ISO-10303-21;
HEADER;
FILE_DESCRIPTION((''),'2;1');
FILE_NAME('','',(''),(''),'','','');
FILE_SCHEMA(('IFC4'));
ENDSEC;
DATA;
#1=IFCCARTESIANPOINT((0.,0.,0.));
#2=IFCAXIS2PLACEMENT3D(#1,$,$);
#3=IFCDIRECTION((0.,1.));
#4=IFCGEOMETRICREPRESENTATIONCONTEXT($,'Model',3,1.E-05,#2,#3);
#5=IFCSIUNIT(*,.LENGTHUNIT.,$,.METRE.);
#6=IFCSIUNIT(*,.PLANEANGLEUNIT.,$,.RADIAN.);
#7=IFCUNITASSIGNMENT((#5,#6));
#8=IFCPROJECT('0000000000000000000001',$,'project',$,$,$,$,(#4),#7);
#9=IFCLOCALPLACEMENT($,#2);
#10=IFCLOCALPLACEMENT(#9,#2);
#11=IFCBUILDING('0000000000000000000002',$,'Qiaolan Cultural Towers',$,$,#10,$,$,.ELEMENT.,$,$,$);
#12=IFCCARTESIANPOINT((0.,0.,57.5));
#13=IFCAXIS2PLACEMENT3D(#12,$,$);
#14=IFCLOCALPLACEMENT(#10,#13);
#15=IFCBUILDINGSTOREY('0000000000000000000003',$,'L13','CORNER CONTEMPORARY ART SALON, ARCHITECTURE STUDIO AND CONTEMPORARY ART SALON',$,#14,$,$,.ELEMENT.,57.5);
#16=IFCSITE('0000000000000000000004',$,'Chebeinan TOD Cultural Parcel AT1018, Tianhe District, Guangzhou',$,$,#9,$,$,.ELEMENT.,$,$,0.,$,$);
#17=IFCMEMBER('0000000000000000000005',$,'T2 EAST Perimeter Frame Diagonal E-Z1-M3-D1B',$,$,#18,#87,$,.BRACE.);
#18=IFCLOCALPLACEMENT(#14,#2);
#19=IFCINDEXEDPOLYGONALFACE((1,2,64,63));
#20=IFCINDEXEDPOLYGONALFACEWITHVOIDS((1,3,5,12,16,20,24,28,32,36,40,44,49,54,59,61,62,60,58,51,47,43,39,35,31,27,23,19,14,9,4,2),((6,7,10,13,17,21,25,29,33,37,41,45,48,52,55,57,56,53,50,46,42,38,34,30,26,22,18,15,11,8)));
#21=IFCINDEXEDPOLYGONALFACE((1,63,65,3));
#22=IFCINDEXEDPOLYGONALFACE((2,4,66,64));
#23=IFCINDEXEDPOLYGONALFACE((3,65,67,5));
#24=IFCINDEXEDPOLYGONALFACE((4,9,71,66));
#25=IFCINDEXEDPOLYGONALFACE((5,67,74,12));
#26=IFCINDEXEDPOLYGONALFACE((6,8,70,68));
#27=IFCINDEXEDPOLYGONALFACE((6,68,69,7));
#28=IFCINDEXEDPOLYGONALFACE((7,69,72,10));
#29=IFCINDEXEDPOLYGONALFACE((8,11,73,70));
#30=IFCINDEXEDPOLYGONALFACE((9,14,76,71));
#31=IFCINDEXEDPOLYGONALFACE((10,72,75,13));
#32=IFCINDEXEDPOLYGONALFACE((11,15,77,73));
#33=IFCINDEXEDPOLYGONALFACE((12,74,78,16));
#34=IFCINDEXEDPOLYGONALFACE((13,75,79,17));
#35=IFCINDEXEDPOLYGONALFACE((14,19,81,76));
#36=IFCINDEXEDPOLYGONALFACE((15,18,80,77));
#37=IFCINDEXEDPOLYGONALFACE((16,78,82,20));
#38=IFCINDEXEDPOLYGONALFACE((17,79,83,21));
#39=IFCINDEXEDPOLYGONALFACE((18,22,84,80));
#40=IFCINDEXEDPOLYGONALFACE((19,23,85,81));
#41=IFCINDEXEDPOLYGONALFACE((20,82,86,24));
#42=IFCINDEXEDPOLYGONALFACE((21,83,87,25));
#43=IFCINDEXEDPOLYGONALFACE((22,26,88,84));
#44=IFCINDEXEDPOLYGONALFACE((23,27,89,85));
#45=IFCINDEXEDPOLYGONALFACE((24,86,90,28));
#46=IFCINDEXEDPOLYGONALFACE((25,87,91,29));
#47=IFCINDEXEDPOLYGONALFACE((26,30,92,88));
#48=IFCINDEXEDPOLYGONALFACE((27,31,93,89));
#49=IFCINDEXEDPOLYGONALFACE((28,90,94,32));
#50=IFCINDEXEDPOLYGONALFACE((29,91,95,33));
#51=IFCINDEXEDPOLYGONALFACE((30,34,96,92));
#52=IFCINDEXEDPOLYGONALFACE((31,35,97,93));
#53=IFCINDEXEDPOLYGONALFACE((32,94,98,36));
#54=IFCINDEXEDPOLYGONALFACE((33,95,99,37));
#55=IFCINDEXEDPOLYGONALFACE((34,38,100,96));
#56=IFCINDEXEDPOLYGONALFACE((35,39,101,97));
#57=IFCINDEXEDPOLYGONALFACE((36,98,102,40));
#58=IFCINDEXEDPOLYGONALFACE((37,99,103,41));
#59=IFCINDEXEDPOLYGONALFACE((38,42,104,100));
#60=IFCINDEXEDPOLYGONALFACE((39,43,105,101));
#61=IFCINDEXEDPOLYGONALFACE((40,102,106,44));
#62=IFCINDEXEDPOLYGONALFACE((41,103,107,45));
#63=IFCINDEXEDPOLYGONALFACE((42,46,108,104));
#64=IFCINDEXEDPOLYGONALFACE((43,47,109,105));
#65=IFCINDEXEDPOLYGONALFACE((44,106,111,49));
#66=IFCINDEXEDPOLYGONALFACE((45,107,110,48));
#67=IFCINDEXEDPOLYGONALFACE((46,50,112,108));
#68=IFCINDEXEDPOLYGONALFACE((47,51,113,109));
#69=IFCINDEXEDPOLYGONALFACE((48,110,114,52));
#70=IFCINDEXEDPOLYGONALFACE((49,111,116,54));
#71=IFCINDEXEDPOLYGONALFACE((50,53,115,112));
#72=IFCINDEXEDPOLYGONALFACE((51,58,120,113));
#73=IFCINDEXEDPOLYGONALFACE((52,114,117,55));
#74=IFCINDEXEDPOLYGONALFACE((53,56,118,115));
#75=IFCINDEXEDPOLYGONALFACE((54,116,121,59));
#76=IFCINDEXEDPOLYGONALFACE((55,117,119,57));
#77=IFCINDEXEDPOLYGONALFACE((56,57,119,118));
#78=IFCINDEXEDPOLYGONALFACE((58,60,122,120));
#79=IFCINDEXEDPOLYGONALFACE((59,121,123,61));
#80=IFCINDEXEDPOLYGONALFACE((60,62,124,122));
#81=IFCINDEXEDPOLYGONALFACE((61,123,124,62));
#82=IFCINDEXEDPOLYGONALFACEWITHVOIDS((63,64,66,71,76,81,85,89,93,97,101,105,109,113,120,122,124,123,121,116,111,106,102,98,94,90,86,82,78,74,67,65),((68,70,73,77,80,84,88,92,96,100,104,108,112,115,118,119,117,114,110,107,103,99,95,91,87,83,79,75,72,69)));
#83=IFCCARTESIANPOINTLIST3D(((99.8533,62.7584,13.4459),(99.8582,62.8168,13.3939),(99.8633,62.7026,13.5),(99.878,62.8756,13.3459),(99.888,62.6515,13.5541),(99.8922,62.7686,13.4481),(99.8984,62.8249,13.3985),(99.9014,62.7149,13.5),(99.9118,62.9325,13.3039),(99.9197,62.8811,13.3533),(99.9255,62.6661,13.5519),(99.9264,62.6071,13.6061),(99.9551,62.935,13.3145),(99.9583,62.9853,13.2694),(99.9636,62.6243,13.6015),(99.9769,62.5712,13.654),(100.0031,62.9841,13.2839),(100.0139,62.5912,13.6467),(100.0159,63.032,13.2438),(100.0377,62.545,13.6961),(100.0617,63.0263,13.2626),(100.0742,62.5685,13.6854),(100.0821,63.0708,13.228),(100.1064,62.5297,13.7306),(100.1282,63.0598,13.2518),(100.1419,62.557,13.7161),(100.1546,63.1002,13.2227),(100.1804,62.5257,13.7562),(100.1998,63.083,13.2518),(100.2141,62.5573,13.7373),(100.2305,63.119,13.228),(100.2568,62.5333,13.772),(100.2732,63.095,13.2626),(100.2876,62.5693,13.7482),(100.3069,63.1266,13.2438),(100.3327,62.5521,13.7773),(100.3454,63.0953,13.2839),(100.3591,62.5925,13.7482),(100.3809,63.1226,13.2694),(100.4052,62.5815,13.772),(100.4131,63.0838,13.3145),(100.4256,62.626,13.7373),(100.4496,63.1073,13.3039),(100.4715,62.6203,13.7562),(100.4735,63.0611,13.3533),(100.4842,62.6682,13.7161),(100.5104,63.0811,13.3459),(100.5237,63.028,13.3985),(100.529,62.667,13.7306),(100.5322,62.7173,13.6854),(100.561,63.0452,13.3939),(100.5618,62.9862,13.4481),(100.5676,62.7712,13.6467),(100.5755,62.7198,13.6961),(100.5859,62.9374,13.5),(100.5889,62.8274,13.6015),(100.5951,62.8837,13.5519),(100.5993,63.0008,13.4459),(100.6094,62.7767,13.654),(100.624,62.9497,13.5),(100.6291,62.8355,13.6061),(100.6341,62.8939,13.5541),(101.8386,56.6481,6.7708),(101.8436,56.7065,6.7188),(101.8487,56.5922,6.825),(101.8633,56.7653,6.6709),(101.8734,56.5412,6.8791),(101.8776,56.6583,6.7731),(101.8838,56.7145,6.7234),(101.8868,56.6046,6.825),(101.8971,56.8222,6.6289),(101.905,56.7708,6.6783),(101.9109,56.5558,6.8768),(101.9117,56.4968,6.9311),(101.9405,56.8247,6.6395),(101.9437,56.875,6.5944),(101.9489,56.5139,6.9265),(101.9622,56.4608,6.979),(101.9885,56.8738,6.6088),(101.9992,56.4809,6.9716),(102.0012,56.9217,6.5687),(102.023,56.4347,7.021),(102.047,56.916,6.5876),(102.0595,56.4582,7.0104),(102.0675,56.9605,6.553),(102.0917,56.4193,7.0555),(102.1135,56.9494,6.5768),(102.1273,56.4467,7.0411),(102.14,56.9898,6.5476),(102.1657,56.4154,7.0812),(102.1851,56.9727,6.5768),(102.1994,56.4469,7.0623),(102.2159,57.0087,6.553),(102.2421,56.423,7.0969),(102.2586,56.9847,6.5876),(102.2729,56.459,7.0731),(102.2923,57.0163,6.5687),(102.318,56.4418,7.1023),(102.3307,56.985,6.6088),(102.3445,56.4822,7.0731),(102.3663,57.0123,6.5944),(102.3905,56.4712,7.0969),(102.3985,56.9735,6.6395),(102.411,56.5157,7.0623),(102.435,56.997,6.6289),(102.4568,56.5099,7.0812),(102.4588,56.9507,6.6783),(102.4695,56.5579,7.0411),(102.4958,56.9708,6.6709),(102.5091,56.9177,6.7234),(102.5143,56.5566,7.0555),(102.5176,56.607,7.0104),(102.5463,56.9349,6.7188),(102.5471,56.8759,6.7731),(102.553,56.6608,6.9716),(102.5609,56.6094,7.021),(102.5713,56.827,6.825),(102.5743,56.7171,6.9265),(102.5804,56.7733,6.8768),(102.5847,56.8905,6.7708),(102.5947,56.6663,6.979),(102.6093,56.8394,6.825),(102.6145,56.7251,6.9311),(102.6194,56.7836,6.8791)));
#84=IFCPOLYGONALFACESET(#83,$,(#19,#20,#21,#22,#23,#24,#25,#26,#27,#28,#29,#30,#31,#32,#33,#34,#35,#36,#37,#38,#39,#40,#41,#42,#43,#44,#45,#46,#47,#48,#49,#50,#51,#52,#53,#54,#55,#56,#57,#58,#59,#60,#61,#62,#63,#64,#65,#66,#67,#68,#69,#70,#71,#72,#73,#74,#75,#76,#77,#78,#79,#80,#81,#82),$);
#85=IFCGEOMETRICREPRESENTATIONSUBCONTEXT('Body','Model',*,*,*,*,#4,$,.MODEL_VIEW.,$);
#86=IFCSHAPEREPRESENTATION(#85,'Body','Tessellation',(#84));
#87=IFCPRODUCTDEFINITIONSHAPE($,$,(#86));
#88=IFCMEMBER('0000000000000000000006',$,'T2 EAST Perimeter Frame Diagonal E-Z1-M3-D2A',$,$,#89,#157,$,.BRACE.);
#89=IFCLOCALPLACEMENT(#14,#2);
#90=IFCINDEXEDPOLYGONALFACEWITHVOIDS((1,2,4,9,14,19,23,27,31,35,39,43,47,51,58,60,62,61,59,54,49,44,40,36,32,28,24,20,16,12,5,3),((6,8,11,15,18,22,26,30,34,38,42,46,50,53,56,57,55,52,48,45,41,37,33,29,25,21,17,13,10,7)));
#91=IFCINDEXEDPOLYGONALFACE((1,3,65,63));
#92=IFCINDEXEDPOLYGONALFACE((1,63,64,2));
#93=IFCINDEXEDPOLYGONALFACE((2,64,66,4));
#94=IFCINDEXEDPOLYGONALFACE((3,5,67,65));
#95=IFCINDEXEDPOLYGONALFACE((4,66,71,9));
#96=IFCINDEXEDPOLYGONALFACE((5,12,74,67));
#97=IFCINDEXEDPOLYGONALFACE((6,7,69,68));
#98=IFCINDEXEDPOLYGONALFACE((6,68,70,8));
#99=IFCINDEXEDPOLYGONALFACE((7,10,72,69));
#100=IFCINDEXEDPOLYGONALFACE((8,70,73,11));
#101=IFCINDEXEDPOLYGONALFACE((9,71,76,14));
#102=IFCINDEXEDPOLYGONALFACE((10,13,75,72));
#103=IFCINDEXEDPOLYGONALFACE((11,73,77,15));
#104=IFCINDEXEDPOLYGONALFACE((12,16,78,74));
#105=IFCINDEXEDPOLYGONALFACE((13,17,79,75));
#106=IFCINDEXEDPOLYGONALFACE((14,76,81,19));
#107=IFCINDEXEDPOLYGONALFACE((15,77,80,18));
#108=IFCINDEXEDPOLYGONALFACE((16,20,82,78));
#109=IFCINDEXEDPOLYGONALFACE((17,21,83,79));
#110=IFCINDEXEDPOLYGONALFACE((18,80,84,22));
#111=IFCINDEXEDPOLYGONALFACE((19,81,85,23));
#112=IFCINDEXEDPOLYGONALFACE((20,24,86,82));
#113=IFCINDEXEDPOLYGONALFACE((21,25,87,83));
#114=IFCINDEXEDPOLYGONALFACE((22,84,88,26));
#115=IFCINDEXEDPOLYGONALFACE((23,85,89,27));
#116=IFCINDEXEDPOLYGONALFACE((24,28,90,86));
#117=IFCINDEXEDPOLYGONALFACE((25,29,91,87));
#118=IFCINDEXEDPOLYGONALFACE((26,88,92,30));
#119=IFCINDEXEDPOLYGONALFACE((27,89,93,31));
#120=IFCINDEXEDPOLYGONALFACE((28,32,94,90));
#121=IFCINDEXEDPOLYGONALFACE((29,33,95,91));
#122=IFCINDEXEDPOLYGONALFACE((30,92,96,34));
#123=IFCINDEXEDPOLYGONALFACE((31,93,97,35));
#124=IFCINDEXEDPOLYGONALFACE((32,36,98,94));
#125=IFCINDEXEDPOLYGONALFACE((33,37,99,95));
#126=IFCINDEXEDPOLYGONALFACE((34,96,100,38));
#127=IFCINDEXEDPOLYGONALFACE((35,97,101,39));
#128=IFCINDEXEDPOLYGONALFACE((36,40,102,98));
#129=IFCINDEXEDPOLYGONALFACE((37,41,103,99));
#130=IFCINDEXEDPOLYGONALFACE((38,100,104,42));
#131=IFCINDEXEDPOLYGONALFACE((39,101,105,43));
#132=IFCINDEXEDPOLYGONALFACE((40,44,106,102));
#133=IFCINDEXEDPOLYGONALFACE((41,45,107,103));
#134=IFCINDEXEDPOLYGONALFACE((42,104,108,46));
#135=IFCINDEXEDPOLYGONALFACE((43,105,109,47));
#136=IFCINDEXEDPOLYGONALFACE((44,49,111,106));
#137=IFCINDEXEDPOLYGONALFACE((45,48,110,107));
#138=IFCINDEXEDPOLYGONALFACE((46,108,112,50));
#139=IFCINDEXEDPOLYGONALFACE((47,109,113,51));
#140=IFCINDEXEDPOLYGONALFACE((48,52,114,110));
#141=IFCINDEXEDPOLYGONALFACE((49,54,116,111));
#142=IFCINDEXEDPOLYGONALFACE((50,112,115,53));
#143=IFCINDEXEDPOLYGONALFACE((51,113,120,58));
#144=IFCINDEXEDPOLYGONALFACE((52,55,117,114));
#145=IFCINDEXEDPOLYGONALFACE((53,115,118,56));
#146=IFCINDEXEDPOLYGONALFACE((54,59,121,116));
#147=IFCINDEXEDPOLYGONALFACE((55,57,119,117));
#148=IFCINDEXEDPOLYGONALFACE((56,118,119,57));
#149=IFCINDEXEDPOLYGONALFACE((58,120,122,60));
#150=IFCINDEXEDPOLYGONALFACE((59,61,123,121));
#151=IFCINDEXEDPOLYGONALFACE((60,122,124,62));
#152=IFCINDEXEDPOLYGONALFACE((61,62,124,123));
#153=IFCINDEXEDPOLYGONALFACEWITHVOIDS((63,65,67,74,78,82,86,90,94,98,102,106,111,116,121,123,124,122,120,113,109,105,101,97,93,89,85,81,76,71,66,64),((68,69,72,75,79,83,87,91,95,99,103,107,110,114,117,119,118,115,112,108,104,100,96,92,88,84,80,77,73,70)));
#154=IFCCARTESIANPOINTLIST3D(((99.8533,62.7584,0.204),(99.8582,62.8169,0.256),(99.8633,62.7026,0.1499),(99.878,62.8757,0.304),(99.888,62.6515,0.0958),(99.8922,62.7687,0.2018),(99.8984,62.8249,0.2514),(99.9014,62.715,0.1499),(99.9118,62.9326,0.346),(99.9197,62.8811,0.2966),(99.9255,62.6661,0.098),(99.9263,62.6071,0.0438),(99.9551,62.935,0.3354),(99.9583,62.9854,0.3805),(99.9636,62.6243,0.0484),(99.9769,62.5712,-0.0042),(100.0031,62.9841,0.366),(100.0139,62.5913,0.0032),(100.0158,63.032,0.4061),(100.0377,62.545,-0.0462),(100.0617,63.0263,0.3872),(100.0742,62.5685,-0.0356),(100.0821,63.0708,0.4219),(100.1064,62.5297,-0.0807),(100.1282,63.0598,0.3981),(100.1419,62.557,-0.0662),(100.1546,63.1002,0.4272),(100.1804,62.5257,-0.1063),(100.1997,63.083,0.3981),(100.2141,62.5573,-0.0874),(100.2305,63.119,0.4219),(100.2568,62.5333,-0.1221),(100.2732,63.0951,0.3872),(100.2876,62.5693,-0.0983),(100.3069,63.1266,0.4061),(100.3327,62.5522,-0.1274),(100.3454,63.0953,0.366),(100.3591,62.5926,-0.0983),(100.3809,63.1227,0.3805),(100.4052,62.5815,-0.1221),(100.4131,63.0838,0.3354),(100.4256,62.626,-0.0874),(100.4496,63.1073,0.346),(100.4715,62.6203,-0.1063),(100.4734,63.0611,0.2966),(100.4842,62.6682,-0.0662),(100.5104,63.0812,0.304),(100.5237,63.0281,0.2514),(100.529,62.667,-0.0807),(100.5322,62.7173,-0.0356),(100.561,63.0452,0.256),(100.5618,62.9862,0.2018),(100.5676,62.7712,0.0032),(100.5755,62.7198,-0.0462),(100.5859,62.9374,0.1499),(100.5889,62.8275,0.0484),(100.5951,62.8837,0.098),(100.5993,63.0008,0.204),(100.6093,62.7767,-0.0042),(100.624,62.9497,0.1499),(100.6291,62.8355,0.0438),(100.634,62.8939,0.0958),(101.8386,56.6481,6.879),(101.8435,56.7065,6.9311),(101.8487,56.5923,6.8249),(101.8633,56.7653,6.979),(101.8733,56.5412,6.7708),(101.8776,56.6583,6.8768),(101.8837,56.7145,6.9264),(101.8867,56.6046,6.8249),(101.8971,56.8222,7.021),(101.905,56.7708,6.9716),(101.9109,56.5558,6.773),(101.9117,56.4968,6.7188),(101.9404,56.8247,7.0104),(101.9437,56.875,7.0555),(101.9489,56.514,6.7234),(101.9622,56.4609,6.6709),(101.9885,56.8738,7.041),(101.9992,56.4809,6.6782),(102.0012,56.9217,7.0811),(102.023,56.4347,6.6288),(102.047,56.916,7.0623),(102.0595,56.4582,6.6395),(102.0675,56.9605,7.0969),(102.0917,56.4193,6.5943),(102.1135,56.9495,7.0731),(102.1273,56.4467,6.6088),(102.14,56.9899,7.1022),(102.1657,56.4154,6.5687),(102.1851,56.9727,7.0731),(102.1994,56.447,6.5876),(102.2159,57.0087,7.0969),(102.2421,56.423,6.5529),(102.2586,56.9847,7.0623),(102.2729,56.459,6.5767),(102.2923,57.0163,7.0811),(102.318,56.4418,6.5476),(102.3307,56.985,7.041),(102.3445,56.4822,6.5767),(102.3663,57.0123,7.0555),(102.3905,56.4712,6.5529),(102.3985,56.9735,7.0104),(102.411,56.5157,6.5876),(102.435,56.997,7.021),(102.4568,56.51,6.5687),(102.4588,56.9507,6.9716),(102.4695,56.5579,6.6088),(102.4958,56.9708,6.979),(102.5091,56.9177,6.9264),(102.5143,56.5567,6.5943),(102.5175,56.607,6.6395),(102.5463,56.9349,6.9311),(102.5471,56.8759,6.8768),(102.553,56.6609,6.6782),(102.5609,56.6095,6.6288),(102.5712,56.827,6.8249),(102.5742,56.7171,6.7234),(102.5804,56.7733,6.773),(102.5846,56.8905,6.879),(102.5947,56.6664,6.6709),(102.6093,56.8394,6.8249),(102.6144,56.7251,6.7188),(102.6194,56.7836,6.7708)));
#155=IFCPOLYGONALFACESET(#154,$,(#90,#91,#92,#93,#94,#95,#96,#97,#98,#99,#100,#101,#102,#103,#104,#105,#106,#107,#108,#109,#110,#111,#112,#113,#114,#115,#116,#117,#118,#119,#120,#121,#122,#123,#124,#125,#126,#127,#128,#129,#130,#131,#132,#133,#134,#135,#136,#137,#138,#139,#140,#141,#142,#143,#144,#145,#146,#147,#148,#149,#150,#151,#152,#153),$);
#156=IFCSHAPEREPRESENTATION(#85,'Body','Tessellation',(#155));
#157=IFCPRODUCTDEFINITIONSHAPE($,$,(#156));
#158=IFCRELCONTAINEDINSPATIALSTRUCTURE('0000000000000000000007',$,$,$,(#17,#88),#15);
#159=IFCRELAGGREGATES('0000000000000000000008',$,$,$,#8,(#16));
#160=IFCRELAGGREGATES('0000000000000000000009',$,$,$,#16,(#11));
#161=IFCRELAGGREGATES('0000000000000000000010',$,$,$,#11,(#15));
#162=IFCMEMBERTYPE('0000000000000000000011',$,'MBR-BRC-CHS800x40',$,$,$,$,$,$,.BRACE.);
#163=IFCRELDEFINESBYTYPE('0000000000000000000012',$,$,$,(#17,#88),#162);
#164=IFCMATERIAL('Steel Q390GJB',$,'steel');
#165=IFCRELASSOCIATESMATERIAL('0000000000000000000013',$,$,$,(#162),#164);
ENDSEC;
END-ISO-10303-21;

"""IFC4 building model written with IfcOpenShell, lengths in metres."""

from ifc_helpers import new_model, si_unit, direction, frame, origin, origin_2d, place, context, subcontext, project, spatial, hollow_circle, extrude, material, material_profile, profile_set, type_object, element, save


model = new_model("IFC4")

# Units and contexts
model_context = context("Model", 3, precision=1e-05, world=origin(), true_north=direction((0.0, 1.0)))
body_context = subcontext(model_context, "Body", "Model", "MODEL_VIEW")
ifc_project = project(units=[si_unit("LENGTHUNIT", "METRE"), si_unit("PLANEANGLEUNIT", "RADIAN")], contexts=[model_context])

# Site, building, storey
site_placement = place(None, origin())
site = spatial("IfcSite", under=ifc_project, at=site_placement, Name="Chebeinan TOD Cultural Parcel AT1018, Tianhe District, Guangzhou", CompositionType="ELEMENT", RefElevation=0.0)
building_placement = place(site_placement, origin())
building = spatial("IfcBuilding", under=site, at=building_placement, Name="Qiaolan Cultural Towers", CompositionType="ELEMENT")
storey_placement = place(building_placement, frame((0.0, 0.0, 57.5)))
storey = spatial("IfcBuildingStorey", under=building, at=storey_placement, Name="L13", Description="CORNER CONTEMPORARY ART SALON, ARCHITECTURE STUDIO AND CONTEMPORARY ART SALON", CompositionType="ELEMENT", Elevation=57.5)

# Members
ifc_material_1 = material(Name="Steel Q390GJB", Category="steel")
ifc_material_profile_1 = material_profile(ifc_material_1, hollow_circle(Radius=0.3999, WallThickness=0.04, at=origin_2d()), Name="CHS800x40")
ifc_profile_set_1 = profile_set([ifc_material_profile_1], Name="Steel Q390GJB")
member_type = type_object("IfcMemberType", Name="MBR-BRC-CHS800x40", PredefinedType="BRACE", material=ifc_profile_set_1)
for number, where, z_axis, x_axis, name in (
    (1, (102.229, 56.7158, 6.825), (-0.214293, 0.659532, 0.720483), (-0.951058, -0.309014, 0.0), "T2 EAST Perimeter Frame Diagonal E-Z1-M3-D1B"),
    (2, (100.2437, 62.8262, 0.1499), (0.214293, -0.659532, 0.720483), (0.951058, 0.309014, 0.0), "T2 EAST Perimeter Frame Diagonal E-Z1-M3-D2A"),
):
    element("IfcMember", number, at=place(storey_placement, frame(where, z_axis=z_axis, x_axis=x_axis)), inside=storey, type_object=member_type, Name=name, PredefinedType="BRACE", context=body_context, shape_type="SweptSolid", body=[
        extrude(hollow_circle(Radius=0.3999, WallThickness=0.04, at=origin_2d()), origin(), (0.0, 0.0, 1.0), 9.2646),
    ])

save(model, "model.ifc")
